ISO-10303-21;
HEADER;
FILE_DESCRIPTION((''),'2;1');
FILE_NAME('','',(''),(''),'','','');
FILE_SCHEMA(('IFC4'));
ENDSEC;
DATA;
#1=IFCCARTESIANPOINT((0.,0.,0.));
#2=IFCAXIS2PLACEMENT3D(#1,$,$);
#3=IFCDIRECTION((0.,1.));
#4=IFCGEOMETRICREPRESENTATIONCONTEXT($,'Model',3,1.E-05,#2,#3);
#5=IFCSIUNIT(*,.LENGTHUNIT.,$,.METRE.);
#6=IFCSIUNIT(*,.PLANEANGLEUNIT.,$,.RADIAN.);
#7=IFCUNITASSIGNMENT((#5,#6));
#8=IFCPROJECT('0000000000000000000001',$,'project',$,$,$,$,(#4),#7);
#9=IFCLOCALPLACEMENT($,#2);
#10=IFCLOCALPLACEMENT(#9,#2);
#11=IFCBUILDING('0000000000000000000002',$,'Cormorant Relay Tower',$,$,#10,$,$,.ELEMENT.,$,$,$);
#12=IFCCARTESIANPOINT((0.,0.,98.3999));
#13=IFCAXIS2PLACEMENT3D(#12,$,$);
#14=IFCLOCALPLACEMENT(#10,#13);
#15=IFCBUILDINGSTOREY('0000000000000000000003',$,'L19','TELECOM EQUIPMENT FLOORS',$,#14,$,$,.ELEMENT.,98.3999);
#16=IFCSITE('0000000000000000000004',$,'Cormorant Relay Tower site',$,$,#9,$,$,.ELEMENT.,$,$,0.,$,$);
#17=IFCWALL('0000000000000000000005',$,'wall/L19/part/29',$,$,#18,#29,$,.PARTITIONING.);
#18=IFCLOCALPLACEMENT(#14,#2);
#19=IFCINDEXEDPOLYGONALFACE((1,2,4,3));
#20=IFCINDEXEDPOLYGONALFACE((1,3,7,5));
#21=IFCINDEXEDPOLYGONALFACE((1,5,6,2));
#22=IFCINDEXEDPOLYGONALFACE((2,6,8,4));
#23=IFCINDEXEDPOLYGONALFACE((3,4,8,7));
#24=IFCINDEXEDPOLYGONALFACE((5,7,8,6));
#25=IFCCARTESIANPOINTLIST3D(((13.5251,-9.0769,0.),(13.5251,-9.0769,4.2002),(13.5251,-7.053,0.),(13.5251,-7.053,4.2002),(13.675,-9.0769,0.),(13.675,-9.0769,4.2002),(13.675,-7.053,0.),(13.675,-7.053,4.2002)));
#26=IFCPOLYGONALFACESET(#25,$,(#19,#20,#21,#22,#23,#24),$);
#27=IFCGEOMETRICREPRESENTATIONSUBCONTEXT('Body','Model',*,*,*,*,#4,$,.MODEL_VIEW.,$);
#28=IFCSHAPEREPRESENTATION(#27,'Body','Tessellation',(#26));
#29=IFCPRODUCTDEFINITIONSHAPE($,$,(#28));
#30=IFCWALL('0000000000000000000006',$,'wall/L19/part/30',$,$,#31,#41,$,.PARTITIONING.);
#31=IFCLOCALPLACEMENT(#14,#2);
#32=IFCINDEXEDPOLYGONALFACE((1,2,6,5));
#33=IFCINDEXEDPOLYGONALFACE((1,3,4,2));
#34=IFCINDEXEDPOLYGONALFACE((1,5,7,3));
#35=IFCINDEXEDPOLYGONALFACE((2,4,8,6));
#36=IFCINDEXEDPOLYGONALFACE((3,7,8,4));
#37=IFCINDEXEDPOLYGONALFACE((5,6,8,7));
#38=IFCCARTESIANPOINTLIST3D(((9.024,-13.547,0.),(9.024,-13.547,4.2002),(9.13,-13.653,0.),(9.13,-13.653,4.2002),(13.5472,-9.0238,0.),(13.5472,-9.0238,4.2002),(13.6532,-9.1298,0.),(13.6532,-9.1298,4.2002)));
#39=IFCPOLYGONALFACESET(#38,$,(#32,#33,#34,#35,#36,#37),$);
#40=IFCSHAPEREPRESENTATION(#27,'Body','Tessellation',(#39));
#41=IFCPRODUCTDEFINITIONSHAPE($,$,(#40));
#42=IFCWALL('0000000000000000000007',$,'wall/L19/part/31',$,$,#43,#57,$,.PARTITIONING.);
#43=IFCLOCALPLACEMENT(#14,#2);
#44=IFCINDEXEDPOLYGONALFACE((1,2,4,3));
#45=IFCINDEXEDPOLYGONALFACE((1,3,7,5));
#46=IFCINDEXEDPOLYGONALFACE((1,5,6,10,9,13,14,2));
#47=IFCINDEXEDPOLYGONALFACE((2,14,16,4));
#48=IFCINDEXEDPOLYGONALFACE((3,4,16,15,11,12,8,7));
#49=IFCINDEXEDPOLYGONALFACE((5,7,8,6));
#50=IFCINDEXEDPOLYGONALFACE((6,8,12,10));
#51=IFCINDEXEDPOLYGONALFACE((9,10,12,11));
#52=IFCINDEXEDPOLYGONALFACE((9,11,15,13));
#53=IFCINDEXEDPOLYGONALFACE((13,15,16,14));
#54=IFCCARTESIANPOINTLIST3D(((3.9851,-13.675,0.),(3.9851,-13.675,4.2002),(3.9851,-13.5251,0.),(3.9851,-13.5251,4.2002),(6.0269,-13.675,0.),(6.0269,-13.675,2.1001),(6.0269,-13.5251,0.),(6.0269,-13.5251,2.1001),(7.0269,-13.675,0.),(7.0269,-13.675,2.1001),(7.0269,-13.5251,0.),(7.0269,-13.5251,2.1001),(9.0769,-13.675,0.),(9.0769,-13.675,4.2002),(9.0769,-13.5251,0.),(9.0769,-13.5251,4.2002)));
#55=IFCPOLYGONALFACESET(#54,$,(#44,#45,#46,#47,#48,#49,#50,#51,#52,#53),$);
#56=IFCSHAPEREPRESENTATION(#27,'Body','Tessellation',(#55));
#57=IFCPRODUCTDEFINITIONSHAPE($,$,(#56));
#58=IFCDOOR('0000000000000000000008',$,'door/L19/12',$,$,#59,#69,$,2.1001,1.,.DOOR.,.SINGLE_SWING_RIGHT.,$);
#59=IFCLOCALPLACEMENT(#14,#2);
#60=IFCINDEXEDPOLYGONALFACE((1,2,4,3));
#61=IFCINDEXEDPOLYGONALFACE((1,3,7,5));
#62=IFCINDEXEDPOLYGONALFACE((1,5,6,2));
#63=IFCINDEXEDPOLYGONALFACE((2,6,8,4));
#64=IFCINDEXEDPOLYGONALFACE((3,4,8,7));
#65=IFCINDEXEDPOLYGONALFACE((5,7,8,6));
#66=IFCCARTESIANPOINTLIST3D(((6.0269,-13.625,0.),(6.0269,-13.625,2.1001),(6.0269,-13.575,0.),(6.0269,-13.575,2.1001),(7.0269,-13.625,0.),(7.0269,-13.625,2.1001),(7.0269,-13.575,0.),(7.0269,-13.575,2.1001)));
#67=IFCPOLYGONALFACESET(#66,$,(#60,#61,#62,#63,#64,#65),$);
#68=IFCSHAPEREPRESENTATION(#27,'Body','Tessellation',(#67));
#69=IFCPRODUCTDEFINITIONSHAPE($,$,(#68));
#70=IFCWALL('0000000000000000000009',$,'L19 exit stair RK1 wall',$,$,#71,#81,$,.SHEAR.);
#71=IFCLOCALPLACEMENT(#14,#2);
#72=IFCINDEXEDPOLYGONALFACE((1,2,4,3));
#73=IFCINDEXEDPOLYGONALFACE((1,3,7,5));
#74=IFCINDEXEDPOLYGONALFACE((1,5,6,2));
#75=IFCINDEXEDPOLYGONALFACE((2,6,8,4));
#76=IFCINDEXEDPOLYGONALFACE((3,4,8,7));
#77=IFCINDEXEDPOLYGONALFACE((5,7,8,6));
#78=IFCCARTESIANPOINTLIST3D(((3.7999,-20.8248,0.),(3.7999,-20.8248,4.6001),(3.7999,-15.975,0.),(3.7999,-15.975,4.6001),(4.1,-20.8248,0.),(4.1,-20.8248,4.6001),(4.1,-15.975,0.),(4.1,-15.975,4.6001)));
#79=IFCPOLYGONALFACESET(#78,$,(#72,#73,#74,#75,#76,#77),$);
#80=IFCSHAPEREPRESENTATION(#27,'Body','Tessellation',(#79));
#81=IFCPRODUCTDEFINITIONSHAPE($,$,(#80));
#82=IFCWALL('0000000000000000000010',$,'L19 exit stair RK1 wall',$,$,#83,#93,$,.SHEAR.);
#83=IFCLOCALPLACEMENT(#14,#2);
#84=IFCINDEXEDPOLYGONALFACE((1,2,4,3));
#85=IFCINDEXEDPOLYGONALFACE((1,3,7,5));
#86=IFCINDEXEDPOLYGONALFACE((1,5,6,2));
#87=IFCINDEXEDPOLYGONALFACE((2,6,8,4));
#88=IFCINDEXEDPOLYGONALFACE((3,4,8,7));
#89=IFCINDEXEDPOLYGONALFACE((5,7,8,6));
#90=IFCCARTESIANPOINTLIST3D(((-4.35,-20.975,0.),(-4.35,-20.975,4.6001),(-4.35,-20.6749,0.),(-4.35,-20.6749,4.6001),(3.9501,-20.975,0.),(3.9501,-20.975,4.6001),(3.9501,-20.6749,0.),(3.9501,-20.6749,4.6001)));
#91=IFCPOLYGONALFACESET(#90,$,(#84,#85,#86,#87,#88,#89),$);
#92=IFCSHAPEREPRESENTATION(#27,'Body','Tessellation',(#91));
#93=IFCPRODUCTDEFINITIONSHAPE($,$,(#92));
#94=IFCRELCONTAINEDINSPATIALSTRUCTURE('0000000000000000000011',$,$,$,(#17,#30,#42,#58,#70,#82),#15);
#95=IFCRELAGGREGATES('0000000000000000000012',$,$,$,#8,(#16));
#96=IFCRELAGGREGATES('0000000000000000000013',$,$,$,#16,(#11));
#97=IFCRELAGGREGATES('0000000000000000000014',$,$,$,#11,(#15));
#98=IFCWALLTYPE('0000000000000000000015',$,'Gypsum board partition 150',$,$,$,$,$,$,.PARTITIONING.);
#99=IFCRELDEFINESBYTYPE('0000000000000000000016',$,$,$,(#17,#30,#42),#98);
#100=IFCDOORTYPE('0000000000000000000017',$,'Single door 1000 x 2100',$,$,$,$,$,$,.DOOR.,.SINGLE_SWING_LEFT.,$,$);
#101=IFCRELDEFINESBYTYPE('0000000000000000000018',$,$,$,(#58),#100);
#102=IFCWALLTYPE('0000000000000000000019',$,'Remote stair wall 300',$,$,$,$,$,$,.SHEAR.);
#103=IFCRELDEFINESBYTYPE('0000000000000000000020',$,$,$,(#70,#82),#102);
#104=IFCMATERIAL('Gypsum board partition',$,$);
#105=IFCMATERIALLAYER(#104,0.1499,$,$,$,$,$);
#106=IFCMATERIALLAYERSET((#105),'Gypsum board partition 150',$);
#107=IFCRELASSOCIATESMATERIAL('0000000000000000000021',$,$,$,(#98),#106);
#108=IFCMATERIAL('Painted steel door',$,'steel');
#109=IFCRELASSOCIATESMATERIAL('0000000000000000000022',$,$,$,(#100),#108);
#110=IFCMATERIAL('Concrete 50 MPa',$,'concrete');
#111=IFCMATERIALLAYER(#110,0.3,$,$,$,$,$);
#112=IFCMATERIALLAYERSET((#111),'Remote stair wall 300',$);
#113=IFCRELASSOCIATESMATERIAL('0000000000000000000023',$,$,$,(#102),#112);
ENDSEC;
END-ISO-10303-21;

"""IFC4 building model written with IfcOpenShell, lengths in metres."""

from ifc_helpers import new_model, si_unit, direction, frame, frame_2d, origin, place, context, subcontext, project, spatial, rectangle, extrude, material, layer, layer_set, type_object, element, fill, save


model = new_model("IFC4")

# Units and contexts
model_context = context("Model", 3, precision=1e-05, world=origin(), true_north=direction((0.0, 1.0)))
body_context = subcontext(model_context, "Body", "Model", "MODEL_VIEW")
ifc_project = project(units=[si_unit("LENGTHUNIT", "METRE"), si_unit("PLANEANGLEUNIT", "RADIAN")], contexts=[model_context])

# Site, building, storey
site_placement = place(None, origin())
site = spatial("IfcSite", under=ifc_project, at=site_placement, Name="Cormorant Relay Tower site", CompositionType="ELEMENT", RefElevation=0.0)
building_placement = place(site_placement, origin())
building = spatial("IfcBuilding", under=site, at=building_placement, Name="Cormorant Relay Tower", CompositionType="ELEMENT")
storey_placement = place(building_placement, frame((0.0, 0.0, 98.3999)))
storey = spatial("IfcBuildingStorey", under=building, at=storey_placement, Name="L19", Description="TELECOM EQUIPMENT FLOORS", CompositionType="ELEMENT", Elevation=98.3999)

# Walls
ifc_material_1 = material(Name="Gypsum board partition")
ifc_layer_1 = layer(ifc_material_1, 0.1499)
ifc_layer_set_1 = layer_set([ifc_layer_1], Name="Gypsum board partition 150")
wall_type_1 = type_object("IfcWallType", Name="Gypsum board partition 150", PredefinedType="PARTITIONING", material=ifc_layer_set_1)
wall_1_placement = place(storey_placement, frame((13.6001, -7.053, 0.0), z_axis=(0.0, 0.0, 1.0), x_axis=(0.0, -1.0, 0.0)))
element("IfcWall", 1, at=wall_1_placement, inside=storey, type_object=wall_type_1, Name="wall/L19/part/29", PredefinedType="PARTITIONING", context=body_context, shape_type="SweptSolid", body=[
    extrude(rectangle(XDim=2.0239, YDim=0.1499, at=frame_2d((1.012, 0.0))), origin(), (0.0, 0.0, 1.0), 4.2002),
])
wall_2_placement = place(storey_placement, frame((13.6001, -9.0769, 0.0), z_axis=(0.0, 0.0, 1.0), x_axis=(-0.707107, -0.707107, 0.0)))
element("IfcWall", 2, at=wall_2_placement, inside=storey, type_object=wall_type_1, Name="wall/L19/part/30", PredefinedType="PARTITIONING", context=body_context, shape_type="SweptSolid", body=[
    extrude(rectangle(XDim=6.3967, YDim=0.1499, at=frame_2d((3.1982, 0.0))), origin(), (0.0, 0.0, 1.0), 4.2002),
])

# Wall, opening, door
wall_3_placement = place(storey_placement, frame((9.0769, -13.6001, 0.0), z_axis=(0.0, 0.0, 1.0), x_axis=(-1.0, 0.0, 0.0)))
wall_3 = element("IfcWall", 3, at=wall_3_placement, inside=storey, type_object=wall_type_1, Name="wall/L19/part/31", PredefinedType="PARTITIONING", context=body_context, shape_type="SweptSolid", body=[
    extrude(rectangle(XDim=5.0918, YDim=0.1499, at=frame_2d((2.5459, 0.0))), origin(), (0.0, 0.0, 1.0), 4.2002),
])
opening_placement = place(wall_3_placement, frame((2.05, 0.0, 0.0)))
opening = element("IfcOpeningElement", 4, at=opening_placement, cuts=wall_3, PredefinedType="OPENING", context=body_context, shape_type="SweptSolid", body=[
    extrude(rectangle(XDim=1.0, YDim=2.1001, at=frame_2d((0.5, 1.05))), frame((0.0, 0.085, 0.0), z_axis=(0.0, -1.0, 0.0), x_axis=(1.0, 0.0, 0.0)), (0.0, 0.0, 1.0), 0.1699),
])
ifc_material_2 = material(Name="Painted steel door", Category="steel")
door_type = type_object("IfcDoorType", Name="Single door 1000 x 2100", OperationType="SINGLE_SWING_LEFT", PredefinedType="DOOR", material=ifc_material_2)
door_placement = place(opening_placement, origin())
door = element("IfcDoor", 5, at=door_placement, inside=storey, type_object=door_type, Name="door/L19/12", OperationType="SINGLE_SWING_RIGHT", OverallHeight=2.1001, OverallWidth=1.0, PredefinedType="DOOR", context=body_context, shape_type="SweptSolid", body=[
    extrude(rectangle(XDim=1.0, YDim=2.1001, at=frame_2d((0.5, 1.05))), frame((0.0, 0.0249, 0.0), z_axis=(0.0, -1.0, 0.0), x_axis=(1.0, 0.0, 0.0)), (0.0, 0.0, 1.0), 0.05),
])
fill(opening, door)

# Walls
ifc_material_3 = material(Name="Concrete 50 MPa", Category="concrete")
ifc_layer_2 = layer(ifc_material_3, 0.3)
ifc_layer_set_2 = layer_set([ifc_layer_2], Name="Remote stair wall 300")
wall_type_2 = type_object("IfcWallType", Name="Remote stair wall 300", PredefinedType="SHEAR", material=ifc_layer_set_2)
wall_4_placement = place(storey_placement, frame((3.95, -15.9751, 0.0), z_axis=(0.0, 0.0, 1.0), x_axis=(0.0, -1.0, 0.0)))
element("IfcWall", 6, at=wall_4_placement, inside=storey, type_object=wall_type_2, Name="L19 exit stair RK1 wall", PredefinedType="SHEAR", context=body_context, shape_type="SweptSolid", body=[
    extrude(rectangle(XDim=4.8499, YDim=0.3, at=frame_2d((2.4248, 0.0))), origin(), (0.0, 0.0, 1.0), 4.6001),
])
wall_5_placement = place(storey_placement, frame((3.95, -20.825, 0.0), z_axis=(0.0, 0.0, 1.0), x_axis=(-1.0, 0.0, 0.0)))
element("IfcWall", 7, at=wall_5_placement, inside=storey, type_object=wall_type_2, Name="L19 exit stair RK1 wall", PredefinedType="SHEAR", context=body_context, shape_type="SweptSolid", body=[
    extrude(rectangle(XDim=8.3, YDim=0.3, at=frame_2d((4.1499, 0.0))), origin(), (0.0, 0.0, 1.0), 4.6001),
])

save(model, "model.ifc")
